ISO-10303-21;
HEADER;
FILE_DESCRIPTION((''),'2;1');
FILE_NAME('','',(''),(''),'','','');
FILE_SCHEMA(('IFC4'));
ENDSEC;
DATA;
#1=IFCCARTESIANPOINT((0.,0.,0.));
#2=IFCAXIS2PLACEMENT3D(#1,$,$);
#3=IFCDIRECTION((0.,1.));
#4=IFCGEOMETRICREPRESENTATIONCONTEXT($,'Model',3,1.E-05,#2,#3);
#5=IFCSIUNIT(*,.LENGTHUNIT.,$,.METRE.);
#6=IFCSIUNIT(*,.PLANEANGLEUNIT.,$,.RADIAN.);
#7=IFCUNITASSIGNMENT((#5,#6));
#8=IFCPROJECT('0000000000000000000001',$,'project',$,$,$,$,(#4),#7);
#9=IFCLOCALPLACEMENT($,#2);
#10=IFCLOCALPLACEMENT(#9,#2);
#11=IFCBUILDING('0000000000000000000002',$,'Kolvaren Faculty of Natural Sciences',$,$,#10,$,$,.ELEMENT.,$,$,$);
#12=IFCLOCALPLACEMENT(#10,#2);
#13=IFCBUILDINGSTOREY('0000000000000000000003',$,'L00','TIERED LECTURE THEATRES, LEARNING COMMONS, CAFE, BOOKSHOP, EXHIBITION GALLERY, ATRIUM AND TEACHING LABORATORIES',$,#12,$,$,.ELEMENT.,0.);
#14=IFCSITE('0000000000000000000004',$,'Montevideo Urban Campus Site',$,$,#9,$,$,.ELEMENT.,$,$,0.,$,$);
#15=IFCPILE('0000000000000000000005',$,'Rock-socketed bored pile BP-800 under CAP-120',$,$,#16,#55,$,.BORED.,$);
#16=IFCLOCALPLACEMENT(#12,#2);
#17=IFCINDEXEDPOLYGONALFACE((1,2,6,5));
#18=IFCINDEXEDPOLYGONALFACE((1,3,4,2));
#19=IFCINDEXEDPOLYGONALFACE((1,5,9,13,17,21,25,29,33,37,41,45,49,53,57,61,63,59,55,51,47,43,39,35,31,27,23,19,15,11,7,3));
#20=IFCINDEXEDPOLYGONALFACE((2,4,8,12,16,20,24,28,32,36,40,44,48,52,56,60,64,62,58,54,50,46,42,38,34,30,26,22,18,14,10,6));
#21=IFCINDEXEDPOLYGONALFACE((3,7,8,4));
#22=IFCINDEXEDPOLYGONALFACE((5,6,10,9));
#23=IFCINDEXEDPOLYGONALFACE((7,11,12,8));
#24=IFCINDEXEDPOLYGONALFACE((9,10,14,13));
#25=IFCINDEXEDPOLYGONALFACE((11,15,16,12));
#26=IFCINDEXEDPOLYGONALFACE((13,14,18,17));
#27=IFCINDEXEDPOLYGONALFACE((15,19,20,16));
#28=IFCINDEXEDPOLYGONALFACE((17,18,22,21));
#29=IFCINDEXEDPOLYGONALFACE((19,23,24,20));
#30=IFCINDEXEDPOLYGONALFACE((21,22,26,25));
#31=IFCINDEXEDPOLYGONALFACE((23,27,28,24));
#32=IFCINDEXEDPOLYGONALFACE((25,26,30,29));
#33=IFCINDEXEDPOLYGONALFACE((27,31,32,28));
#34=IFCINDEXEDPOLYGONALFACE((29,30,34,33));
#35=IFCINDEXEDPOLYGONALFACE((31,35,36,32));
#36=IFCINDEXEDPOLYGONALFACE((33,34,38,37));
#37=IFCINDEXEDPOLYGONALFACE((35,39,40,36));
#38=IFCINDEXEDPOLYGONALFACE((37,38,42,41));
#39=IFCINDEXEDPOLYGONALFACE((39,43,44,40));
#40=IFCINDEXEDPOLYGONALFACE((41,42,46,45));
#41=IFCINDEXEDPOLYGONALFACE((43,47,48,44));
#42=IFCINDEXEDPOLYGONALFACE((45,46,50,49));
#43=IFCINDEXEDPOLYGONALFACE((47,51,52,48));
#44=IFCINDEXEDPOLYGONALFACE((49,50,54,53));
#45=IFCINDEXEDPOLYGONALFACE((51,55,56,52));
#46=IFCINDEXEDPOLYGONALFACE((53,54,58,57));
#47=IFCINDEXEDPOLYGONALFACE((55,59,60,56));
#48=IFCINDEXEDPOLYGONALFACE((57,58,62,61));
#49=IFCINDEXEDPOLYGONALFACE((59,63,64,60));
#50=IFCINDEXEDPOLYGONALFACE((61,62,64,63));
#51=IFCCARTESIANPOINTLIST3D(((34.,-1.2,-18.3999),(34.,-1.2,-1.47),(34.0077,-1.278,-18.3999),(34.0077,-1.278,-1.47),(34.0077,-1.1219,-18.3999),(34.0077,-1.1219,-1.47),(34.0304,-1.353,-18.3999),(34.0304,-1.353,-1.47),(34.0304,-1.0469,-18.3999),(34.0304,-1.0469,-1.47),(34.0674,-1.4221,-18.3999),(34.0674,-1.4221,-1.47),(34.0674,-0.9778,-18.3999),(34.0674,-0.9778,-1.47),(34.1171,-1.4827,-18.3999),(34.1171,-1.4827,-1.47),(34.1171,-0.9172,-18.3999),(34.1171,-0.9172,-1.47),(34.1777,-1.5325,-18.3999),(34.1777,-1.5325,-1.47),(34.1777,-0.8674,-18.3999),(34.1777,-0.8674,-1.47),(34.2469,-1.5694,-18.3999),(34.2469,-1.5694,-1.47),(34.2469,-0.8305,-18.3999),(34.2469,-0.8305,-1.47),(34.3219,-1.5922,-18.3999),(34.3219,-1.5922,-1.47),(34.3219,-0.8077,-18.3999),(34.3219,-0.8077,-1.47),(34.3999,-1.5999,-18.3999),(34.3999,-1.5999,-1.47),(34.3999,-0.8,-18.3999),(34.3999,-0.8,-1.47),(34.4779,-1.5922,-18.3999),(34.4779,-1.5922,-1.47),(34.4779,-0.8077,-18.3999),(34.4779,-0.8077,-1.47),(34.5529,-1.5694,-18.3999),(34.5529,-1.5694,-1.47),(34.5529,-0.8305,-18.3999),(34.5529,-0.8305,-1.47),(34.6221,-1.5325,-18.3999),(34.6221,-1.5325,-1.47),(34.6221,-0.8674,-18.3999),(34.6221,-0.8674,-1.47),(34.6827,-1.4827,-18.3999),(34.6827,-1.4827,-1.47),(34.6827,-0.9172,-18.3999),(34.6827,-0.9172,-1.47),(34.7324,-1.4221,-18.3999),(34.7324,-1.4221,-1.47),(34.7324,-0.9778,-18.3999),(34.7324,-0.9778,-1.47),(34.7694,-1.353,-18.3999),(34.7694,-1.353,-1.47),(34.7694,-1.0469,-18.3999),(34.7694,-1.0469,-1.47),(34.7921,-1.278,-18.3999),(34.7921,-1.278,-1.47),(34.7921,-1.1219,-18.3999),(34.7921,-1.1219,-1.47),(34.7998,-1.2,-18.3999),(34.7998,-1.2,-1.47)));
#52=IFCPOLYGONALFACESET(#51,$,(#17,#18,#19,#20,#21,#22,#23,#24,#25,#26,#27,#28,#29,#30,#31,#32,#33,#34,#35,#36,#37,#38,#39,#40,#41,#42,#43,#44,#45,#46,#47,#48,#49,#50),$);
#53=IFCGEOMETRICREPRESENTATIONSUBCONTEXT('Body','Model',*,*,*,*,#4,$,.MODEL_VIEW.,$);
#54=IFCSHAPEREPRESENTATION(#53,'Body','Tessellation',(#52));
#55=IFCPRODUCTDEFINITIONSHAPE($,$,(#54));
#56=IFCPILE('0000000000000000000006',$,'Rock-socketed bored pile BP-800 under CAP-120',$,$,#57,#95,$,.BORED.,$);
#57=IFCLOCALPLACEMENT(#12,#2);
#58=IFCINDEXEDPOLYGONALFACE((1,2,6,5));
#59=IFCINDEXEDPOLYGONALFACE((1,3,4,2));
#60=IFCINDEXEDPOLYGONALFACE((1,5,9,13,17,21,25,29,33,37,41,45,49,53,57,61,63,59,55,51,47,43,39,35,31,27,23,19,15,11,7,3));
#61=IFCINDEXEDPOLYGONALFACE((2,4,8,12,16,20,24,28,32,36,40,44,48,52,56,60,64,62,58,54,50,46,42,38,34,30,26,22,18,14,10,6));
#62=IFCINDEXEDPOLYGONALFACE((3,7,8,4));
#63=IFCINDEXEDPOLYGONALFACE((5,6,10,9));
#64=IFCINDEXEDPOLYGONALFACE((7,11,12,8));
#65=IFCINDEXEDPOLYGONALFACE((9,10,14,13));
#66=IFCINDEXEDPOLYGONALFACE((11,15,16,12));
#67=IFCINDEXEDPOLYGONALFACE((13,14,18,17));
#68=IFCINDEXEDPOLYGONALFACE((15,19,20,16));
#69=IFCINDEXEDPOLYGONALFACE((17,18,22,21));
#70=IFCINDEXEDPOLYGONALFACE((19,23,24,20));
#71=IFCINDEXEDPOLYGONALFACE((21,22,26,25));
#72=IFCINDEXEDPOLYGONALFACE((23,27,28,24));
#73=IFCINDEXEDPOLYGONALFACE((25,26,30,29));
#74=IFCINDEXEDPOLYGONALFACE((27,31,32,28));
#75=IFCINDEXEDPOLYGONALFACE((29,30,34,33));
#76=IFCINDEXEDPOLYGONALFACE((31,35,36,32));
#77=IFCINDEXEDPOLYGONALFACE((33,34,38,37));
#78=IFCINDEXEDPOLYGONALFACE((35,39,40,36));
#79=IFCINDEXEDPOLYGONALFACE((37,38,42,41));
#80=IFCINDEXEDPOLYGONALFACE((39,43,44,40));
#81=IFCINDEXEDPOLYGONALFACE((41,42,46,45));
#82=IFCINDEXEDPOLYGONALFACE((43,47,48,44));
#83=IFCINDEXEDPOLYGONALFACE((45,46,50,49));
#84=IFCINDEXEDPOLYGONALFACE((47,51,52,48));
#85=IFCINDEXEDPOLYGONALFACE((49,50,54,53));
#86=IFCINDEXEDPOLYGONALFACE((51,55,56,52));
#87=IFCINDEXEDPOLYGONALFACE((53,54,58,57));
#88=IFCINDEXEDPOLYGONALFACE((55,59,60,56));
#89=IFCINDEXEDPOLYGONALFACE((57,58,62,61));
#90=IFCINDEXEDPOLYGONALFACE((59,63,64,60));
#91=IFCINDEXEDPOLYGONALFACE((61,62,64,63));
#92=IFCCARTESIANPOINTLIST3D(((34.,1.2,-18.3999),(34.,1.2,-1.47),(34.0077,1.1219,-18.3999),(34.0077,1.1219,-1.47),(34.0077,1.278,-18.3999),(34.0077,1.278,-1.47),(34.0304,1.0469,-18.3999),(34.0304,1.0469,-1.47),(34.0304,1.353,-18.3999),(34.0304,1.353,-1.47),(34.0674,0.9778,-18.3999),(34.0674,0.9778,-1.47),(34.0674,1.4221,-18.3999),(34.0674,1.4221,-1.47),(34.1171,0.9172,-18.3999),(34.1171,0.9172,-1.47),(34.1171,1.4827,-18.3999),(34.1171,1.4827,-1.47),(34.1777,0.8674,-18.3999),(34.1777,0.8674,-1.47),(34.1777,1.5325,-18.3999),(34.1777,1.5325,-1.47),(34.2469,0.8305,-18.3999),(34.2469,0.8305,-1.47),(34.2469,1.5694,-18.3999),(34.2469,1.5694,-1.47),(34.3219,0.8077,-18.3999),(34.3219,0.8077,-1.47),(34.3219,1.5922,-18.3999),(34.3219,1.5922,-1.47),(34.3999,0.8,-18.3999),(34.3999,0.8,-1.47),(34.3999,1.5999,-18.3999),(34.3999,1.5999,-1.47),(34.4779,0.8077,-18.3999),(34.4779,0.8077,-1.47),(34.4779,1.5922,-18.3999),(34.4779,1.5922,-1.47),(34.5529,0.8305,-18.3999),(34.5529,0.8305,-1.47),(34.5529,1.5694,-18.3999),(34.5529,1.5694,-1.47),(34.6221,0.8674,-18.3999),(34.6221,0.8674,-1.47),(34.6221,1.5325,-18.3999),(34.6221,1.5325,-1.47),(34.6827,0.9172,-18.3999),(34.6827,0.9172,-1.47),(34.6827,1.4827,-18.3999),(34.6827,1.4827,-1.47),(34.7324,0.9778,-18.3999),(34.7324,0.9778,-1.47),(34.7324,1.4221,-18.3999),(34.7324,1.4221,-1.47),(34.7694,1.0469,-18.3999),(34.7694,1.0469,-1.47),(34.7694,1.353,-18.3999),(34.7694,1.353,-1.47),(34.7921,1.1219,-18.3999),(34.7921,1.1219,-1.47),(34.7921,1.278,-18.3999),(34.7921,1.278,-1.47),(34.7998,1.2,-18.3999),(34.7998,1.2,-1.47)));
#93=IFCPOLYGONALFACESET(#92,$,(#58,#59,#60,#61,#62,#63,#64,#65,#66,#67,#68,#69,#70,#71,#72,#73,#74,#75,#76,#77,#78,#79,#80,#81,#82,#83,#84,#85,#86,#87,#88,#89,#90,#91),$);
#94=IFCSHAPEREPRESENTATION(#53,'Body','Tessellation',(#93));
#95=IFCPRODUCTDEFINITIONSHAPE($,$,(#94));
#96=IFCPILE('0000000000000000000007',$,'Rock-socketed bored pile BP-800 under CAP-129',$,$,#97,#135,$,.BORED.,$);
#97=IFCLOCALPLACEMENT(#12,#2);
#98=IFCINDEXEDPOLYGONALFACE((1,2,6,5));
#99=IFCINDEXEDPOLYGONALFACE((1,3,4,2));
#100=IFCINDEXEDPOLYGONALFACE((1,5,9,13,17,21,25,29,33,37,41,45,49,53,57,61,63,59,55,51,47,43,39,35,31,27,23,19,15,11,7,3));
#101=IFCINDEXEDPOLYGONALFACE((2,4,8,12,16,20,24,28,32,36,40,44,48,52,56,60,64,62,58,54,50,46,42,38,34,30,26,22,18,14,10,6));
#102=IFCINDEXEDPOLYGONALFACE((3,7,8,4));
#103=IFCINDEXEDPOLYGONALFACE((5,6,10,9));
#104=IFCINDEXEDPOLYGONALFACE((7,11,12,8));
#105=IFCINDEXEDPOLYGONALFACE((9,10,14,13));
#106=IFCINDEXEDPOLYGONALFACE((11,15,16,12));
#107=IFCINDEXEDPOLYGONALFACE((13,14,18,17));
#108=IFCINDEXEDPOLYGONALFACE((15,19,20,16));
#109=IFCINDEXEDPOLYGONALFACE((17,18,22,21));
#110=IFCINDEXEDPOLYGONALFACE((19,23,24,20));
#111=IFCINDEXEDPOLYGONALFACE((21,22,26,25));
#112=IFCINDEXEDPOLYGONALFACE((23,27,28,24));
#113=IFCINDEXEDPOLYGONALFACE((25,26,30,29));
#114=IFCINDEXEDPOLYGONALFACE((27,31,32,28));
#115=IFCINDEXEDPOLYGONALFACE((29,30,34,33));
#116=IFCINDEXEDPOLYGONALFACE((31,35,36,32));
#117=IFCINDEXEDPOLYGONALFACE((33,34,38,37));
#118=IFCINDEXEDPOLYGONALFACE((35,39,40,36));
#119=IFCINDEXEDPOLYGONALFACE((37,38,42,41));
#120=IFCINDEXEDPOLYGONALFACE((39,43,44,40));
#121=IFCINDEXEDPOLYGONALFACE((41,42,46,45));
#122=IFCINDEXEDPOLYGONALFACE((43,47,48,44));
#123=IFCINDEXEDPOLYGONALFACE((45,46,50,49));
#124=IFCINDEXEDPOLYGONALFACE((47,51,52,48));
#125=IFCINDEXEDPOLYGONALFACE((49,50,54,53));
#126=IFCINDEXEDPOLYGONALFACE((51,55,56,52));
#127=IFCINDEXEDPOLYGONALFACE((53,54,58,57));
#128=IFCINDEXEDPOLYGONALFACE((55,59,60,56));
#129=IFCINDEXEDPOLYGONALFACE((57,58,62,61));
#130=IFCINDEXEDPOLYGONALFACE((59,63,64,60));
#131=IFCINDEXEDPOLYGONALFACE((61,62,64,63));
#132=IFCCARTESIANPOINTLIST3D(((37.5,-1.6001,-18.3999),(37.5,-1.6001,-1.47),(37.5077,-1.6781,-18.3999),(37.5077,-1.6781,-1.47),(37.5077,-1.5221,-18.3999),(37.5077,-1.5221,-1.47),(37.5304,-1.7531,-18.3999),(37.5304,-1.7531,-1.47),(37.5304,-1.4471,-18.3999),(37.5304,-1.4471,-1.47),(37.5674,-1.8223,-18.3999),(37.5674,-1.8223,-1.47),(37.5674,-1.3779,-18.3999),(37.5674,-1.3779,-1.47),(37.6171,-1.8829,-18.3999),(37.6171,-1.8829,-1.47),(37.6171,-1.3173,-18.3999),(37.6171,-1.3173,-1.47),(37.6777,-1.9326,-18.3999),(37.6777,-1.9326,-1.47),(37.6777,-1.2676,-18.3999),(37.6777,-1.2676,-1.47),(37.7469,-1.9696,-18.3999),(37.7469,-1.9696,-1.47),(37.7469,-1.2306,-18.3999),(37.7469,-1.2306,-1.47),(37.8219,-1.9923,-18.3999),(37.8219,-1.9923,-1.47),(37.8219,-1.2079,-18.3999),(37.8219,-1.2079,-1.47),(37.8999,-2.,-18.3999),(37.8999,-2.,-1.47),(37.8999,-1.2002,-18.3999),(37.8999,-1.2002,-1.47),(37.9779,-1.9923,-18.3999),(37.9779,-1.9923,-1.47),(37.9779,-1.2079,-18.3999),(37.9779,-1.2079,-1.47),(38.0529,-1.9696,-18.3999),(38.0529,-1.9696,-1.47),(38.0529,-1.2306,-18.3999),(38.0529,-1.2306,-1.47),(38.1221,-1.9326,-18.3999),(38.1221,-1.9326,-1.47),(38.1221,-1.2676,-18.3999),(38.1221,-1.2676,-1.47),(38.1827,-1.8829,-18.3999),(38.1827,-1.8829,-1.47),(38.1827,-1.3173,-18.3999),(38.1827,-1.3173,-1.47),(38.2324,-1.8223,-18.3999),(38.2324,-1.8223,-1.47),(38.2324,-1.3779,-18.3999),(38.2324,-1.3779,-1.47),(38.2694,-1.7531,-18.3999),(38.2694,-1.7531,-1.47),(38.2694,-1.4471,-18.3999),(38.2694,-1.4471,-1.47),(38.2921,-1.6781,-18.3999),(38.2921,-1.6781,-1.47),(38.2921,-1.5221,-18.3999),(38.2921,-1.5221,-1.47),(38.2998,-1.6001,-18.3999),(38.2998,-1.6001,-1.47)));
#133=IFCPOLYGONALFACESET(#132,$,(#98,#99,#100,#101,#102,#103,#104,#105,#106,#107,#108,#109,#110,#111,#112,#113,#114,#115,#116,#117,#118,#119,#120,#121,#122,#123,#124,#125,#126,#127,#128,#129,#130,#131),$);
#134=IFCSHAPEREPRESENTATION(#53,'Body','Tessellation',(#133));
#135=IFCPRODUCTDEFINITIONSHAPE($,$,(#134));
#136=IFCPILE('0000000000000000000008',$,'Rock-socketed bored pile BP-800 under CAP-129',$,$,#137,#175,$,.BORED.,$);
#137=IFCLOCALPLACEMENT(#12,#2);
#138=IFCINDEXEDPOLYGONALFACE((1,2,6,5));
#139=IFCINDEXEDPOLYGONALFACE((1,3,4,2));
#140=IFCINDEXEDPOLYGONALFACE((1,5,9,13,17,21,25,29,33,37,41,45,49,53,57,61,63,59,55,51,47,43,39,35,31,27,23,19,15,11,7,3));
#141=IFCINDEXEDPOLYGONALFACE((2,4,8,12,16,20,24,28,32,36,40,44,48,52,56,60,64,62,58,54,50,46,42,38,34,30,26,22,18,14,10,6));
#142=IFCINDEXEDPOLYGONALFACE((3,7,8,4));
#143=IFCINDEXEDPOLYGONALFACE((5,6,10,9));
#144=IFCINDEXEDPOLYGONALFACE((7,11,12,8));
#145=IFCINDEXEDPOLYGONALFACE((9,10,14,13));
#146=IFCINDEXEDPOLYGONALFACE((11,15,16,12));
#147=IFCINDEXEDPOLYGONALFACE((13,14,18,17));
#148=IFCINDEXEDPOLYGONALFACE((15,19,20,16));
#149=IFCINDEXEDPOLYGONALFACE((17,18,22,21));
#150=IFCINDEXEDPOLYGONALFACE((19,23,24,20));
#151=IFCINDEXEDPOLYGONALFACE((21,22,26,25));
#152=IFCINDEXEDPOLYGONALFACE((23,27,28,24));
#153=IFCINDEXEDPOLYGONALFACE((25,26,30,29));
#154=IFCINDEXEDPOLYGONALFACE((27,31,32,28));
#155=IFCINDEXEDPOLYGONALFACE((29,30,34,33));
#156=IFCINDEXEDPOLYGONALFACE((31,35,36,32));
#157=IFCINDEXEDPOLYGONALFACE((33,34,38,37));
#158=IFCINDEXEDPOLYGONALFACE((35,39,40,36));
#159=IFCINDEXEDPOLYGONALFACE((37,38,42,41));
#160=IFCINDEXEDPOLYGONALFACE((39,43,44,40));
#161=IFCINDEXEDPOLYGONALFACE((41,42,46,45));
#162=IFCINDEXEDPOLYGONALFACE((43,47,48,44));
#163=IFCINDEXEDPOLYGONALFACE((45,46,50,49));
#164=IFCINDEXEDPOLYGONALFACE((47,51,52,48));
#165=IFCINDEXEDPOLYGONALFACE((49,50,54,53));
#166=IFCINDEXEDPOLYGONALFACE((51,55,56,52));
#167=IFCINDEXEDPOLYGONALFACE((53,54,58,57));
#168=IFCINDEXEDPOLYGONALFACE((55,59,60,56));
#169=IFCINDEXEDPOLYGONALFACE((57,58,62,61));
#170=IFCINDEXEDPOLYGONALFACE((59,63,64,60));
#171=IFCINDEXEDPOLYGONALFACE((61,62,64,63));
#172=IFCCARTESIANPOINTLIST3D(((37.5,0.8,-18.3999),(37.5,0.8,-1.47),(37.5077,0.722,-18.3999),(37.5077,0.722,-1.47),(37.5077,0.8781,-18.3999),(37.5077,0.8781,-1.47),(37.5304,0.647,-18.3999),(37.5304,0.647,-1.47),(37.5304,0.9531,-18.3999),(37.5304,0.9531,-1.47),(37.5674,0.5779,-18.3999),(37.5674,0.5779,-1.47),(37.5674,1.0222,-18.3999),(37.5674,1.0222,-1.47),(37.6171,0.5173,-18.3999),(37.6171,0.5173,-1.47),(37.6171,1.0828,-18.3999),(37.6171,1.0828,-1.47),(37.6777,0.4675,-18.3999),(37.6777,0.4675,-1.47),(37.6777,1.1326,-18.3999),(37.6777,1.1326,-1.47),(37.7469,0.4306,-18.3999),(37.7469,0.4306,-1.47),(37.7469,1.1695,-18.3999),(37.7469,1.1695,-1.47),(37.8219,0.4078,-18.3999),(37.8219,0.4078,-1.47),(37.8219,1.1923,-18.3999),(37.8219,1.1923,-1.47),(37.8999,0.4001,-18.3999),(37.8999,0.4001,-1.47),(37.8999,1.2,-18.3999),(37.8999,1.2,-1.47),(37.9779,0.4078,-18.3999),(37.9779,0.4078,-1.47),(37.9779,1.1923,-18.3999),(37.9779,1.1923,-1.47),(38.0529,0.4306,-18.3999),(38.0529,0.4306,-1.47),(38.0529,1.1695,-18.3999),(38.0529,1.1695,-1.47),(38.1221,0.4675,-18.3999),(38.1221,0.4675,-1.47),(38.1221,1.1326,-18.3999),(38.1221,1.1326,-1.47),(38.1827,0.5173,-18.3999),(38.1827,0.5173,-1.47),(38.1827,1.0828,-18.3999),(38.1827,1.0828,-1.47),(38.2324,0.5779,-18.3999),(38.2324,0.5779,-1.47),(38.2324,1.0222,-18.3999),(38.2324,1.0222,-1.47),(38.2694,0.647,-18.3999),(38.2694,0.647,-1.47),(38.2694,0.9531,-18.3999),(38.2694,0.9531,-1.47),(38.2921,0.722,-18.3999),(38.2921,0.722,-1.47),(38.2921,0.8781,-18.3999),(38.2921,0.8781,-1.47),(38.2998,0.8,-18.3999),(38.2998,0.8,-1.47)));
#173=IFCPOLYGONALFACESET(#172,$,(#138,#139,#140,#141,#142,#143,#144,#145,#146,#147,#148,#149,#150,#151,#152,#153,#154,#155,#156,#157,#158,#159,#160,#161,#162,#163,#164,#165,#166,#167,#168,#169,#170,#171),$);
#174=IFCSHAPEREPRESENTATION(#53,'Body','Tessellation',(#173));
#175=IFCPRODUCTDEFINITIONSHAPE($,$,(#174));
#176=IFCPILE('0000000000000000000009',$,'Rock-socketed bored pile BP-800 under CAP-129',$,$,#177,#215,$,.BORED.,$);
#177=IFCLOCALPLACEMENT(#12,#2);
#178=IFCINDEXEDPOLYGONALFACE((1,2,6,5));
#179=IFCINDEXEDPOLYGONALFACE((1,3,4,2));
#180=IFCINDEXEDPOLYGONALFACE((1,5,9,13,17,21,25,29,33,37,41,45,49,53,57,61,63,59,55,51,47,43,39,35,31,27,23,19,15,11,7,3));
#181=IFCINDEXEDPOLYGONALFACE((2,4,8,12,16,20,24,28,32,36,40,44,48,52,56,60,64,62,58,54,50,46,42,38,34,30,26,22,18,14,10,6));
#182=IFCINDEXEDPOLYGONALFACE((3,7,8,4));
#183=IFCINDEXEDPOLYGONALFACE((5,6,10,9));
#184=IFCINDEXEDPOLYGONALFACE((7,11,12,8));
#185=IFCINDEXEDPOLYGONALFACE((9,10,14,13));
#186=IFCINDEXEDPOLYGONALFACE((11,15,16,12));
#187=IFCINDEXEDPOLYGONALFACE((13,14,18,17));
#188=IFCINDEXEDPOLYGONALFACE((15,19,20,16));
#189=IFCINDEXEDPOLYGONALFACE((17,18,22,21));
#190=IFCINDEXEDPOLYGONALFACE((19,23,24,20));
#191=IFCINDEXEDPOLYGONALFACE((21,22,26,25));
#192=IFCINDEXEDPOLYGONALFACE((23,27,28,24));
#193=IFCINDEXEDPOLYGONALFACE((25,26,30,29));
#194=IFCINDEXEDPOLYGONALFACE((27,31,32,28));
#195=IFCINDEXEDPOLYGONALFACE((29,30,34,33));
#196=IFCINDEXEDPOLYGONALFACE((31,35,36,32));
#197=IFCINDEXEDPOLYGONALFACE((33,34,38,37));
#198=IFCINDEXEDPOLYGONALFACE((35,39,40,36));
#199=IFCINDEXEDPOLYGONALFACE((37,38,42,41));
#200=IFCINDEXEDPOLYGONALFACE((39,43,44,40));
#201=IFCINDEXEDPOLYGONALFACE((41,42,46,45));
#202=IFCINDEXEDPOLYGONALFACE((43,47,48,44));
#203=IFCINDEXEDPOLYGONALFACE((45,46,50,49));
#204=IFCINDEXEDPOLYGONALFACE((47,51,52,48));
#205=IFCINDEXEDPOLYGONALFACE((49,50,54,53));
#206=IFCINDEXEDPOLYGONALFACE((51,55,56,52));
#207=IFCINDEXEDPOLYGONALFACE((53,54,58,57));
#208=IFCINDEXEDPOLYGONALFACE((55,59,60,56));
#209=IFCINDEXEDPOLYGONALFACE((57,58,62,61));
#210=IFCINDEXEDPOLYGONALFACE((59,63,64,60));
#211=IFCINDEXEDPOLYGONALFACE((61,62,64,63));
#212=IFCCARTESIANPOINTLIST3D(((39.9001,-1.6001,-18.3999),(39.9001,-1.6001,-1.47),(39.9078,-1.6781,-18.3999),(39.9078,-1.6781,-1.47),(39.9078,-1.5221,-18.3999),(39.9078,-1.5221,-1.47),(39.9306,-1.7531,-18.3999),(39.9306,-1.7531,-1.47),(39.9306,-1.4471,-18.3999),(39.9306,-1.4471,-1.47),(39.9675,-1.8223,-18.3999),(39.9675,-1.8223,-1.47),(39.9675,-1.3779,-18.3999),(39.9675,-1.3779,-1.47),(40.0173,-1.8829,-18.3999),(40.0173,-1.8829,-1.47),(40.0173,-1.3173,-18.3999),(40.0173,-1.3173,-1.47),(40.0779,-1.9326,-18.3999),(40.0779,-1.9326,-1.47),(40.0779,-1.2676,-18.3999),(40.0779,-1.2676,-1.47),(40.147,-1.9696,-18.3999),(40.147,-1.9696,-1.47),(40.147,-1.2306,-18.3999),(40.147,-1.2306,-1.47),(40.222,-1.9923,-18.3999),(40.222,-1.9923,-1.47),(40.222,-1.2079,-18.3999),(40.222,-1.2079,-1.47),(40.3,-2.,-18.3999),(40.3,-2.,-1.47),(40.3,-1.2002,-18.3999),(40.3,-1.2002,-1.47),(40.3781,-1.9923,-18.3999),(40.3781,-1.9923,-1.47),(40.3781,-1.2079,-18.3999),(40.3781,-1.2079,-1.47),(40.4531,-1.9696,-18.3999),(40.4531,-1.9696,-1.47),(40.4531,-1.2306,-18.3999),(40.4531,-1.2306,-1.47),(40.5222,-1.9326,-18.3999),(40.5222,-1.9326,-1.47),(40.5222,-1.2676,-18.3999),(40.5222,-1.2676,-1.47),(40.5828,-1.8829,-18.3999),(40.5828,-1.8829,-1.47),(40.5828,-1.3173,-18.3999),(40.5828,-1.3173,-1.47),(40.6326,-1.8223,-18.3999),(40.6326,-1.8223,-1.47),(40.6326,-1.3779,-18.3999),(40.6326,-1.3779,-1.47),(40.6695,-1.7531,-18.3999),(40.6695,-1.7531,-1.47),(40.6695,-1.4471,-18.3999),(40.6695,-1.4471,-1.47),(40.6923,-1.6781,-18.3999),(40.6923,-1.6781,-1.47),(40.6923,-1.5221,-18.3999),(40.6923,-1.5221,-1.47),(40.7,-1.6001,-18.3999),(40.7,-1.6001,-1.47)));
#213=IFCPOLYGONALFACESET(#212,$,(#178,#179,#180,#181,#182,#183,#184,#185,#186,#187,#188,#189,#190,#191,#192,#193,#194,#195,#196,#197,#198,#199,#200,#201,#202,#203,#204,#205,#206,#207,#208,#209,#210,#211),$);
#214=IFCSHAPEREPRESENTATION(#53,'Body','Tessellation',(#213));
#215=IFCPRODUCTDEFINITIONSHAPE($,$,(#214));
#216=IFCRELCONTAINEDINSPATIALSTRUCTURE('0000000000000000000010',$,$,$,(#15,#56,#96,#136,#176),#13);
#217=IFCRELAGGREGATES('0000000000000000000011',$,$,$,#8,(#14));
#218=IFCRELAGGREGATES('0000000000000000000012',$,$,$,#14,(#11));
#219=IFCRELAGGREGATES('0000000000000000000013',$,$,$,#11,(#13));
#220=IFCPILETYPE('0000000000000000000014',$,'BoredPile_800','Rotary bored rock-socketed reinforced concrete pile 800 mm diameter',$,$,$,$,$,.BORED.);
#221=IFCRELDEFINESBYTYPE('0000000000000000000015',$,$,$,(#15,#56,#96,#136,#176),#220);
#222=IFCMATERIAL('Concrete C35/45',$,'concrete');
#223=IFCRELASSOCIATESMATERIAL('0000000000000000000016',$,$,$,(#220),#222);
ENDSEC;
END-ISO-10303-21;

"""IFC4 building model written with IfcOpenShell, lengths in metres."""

from ifc_helpers import new_model, si_unit, direction, frame, origin, origin_2d, place, context, subcontext, project, spatial, circle, extrude, material, material_profile, profile_set, type_object, element, save


model = new_model("IFC4")

# Units and contexts
model_context = context("Model", 3, precision=1e-05, world=origin(), true_north=direction((0.0, 1.0)))
body_context = subcontext(model_context, "Body", "Model", "MODEL_VIEW")
ifc_project = project(units=[si_unit("LENGTHUNIT", "METRE"), si_unit("PLANEANGLEUNIT", "RADIAN")], contexts=[model_context])

# Site, building, storey
site_placement = place(None, origin())
site = spatial("IfcSite", under=ifc_project, at=site_placement, Name="Montevideo Urban Campus Site", CompositionType="ELEMENT", RefElevation=0.0)
building_placement = place(site_placement, origin())
building = spatial("IfcBuilding", under=site, at=building_placement, Name="Kolvaren Faculty of Natural Sciences", CompositionType="ELEMENT")
storey_placement = place(building_placement, origin())
storey = spatial("IfcBuildingStorey", under=building, at=storey_placement, Name="L00", Description="TIERED LECTURE THEATRES, LEARNING COMMONS, CAFE, BOOKSHOP, EXHIBITION GALLERY, ATRIUM AND TEACHING LABORATORIES", CompositionType="ELEMENT", Elevation=0.0)

# Piles
ifc_material_1 = material(Name="Concrete C35/45", Category="concrete")
ifc_material_profile_1 = material_profile(ifc_material_1, circle(Radius=0.3999, at=origin_2d()), Name="PILE D800")
ifc_profile_set_1 = profile_set([ifc_material_profile_1], Name="Concrete C35/45")
pile_type = type_object("IfcPileType", Name="BoredPile_800", Description="Rotary bored rock-socketed reinforced concrete pile 800 mm diameter", PredefinedType="BORED", material=ifc_profile_set_1)
for number, where, z_axis, x_axis, name in (
    (1, (34.3999, -1.2, -1.47), (0.0, 0.0, -1.0), (1.0, 0.0, 0.0), "Rock-socketed bored pile BP-800 under CAP-120"),
    (2, (34.3999, 1.2, -1.47), (0.0, 0.0, -1.0), (1.0, 0.0, 0.0), "Rock-socketed bored pile BP-800 under CAP-120"),
    (3, (37.8999, -1.6001, -1.47), (0.0, 0.0, -1.0), (1.0, 0.0, 0.0), "Rock-socketed bored pile BP-800 under CAP-129"),
    (4, (37.8999, 0.8, -1.47), (0.0, 0.0, -1.0), (1.0, 0.0, 0.0), "Rock-socketed bored pile BP-800 under CAP-129"),
    (5, (40.3, -1.6001, -1.47), (0.0, 0.0, -1.0), (1.0, 0.0, 0.0), "Rock-socketed bored pile BP-800 under CAP-129"),
):
    element("IfcPile", number, at=place(storey_placement, frame(where, z_axis=z_axis, x_axis=x_axis)), inside=storey, type_object=pile_type, Name=name, PredefinedType="BORED", context=body_context, shape_type="SweptSolid", body=[
        extrude(circle(Radius=0.3999, at=origin_2d()), origin(), (0.0, 0.0, 1.0), 16.9299),
    ])

save(model, "model.ifc")
